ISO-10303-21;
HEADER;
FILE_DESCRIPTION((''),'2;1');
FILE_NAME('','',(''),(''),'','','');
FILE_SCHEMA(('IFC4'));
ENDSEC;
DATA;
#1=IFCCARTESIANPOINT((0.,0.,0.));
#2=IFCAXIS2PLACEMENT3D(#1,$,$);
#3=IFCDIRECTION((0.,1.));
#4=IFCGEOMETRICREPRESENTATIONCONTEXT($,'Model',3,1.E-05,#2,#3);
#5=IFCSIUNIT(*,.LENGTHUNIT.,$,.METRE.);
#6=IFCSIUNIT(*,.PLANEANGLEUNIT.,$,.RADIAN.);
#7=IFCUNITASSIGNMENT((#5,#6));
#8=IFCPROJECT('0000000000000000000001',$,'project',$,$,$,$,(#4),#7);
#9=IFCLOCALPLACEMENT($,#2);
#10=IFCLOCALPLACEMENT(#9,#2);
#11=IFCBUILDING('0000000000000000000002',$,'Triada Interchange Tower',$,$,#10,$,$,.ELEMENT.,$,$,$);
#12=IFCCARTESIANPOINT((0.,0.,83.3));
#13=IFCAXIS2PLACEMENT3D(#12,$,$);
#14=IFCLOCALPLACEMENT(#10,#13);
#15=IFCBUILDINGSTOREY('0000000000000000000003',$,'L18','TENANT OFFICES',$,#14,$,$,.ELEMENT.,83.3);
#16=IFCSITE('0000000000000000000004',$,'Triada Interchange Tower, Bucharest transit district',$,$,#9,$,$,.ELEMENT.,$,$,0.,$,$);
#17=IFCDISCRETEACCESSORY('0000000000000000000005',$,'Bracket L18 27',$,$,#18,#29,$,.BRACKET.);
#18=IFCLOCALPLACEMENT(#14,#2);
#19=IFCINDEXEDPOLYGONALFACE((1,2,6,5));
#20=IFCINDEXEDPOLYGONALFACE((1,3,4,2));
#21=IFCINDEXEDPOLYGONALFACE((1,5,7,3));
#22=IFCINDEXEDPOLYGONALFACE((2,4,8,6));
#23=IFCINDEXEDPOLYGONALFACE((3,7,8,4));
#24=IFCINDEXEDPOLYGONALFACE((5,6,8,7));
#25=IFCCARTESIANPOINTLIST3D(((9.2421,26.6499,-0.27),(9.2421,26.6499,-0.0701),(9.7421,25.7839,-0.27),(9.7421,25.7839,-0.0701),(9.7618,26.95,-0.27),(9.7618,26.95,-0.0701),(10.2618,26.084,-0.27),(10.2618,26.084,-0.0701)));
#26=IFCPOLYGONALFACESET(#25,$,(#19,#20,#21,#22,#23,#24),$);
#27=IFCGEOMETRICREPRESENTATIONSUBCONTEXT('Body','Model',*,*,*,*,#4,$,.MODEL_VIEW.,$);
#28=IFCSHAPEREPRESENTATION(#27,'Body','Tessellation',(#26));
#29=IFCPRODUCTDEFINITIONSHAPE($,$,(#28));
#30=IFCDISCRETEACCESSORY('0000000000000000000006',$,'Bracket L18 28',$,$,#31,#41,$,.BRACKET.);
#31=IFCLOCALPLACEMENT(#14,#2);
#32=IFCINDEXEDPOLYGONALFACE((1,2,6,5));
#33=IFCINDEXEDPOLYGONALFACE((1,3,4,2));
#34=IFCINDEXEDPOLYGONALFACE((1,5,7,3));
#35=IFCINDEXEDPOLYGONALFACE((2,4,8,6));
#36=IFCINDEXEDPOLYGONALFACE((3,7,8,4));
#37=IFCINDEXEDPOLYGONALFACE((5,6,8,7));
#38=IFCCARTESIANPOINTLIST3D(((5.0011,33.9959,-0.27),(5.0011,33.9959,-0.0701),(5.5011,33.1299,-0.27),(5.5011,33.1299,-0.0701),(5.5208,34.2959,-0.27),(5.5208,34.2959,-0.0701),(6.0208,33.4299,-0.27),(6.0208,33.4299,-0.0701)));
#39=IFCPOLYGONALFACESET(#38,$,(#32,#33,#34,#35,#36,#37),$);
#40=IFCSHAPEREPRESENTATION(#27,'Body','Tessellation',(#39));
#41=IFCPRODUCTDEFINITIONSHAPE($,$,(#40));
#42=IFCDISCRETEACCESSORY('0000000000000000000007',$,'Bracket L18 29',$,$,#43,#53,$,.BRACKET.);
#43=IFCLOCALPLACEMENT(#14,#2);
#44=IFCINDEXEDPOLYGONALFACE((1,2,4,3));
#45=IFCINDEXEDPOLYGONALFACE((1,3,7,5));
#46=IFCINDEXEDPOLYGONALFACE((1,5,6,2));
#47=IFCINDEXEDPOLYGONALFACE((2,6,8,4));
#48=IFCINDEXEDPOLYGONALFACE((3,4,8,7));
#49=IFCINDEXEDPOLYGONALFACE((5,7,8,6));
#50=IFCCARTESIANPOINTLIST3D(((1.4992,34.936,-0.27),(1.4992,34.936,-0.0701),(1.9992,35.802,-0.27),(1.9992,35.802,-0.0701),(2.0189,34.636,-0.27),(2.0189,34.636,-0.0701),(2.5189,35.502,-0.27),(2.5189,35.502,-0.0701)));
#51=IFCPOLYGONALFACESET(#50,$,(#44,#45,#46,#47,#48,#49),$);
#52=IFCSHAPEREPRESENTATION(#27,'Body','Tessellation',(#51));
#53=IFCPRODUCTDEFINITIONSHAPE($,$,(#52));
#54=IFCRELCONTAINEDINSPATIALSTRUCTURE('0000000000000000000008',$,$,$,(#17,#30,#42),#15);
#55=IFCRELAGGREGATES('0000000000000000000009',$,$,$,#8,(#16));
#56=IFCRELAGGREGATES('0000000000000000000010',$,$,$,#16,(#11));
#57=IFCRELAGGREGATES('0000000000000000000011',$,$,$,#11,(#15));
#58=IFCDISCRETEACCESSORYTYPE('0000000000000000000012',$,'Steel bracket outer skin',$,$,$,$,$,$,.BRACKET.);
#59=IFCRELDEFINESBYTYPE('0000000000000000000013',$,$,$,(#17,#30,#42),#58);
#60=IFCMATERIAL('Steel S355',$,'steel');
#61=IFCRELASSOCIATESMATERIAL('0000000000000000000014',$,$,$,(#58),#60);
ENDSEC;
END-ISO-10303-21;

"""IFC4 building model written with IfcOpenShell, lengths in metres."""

from ifc_helpers import new_model, si_unit, direction, frame, origin, origin_2d, place, context, subcontext, project, spatial, rectangle, extrude, material, type_object, element, save


model = new_model("IFC4")

# Units and contexts
model_context = context("Model", 3, precision=1e-05, world=origin(), true_north=direction((0.0, 1.0)))
body_context = subcontext(model_context, "Body", "Model", "MODEL_VIEW")
ifc_project = project(units=[si_unit("LENGTHUNIT", "METRE"), si_unit("PLANEANGLEUNIT", "RADIAN")], contexts=[model_context])

# Site, building, storey
site_placement = place(None, origin())
site = spatial("IfcSite", under=ifc_project, at=site_placement, Name="Triada Interchange Tower, Bucharest transit district", CompositionType="ELEMENT", RefElevation=0.0)
building_placement = place(site_placement, origin())
building = spatial("IfcBuilding", under=site, at=building_placement, Name="Triada Interchange Tower", CompositionType="ELEMENT")
storey_placement = place(building_placement, frame((0.0, 0.0, 83.3)))
storey = spatial("IfcBuildingStorey", under=building, at=storey_placement, Name="L18", Description="TENANT OFFICES", CompositionType="ELEMENT", Elevation=83.3)

# Discrete accessories
ifc_material_1 = material(Name="Steel S355", Category="steel")
discrete_accessory_type = type_object("IfcDiscreteAccessoryType", Name="Steel bracket outer skin", PredefinedType="BRACKET", material=ifc_material_1)
for number, where, z_axis, x_axis, name in (
    (1, (9.752, 26.3669, -0.27), (0.0, 0.0, 1.0), (0.866025, 0.5, 0.0), "Bracket L18 27"),
    (2, (5.511, 33.7129, -0.27), (0.0, 0.0, 1.0), (0.866025, 0.5, 0.0), "Bracket L18 28"),
    (3, (2.009, 35.219, -0.27), (0.0, 0.0, 1.0), (-0.866023, 0.500004, 0.0), "Bracket L18 29"),
):
    element("IfcDiscreteAccessory", number, at=place(storey_placement, frame(where, z_axis=z_axis, x_axis=x_axis)), inside=storey, type_object=discrete_accessory_type, Name=name, PredefinedType="BRACKET", context=body_context, shape_type="SweptSolid", body=[
        extrude(rectangle(XDim=0.6001, YDim=1.0, at=origin_2d()), origin(), (0.0, 0.0, 1.0), 0.2),
    ])

save(model, "model.ifc")
